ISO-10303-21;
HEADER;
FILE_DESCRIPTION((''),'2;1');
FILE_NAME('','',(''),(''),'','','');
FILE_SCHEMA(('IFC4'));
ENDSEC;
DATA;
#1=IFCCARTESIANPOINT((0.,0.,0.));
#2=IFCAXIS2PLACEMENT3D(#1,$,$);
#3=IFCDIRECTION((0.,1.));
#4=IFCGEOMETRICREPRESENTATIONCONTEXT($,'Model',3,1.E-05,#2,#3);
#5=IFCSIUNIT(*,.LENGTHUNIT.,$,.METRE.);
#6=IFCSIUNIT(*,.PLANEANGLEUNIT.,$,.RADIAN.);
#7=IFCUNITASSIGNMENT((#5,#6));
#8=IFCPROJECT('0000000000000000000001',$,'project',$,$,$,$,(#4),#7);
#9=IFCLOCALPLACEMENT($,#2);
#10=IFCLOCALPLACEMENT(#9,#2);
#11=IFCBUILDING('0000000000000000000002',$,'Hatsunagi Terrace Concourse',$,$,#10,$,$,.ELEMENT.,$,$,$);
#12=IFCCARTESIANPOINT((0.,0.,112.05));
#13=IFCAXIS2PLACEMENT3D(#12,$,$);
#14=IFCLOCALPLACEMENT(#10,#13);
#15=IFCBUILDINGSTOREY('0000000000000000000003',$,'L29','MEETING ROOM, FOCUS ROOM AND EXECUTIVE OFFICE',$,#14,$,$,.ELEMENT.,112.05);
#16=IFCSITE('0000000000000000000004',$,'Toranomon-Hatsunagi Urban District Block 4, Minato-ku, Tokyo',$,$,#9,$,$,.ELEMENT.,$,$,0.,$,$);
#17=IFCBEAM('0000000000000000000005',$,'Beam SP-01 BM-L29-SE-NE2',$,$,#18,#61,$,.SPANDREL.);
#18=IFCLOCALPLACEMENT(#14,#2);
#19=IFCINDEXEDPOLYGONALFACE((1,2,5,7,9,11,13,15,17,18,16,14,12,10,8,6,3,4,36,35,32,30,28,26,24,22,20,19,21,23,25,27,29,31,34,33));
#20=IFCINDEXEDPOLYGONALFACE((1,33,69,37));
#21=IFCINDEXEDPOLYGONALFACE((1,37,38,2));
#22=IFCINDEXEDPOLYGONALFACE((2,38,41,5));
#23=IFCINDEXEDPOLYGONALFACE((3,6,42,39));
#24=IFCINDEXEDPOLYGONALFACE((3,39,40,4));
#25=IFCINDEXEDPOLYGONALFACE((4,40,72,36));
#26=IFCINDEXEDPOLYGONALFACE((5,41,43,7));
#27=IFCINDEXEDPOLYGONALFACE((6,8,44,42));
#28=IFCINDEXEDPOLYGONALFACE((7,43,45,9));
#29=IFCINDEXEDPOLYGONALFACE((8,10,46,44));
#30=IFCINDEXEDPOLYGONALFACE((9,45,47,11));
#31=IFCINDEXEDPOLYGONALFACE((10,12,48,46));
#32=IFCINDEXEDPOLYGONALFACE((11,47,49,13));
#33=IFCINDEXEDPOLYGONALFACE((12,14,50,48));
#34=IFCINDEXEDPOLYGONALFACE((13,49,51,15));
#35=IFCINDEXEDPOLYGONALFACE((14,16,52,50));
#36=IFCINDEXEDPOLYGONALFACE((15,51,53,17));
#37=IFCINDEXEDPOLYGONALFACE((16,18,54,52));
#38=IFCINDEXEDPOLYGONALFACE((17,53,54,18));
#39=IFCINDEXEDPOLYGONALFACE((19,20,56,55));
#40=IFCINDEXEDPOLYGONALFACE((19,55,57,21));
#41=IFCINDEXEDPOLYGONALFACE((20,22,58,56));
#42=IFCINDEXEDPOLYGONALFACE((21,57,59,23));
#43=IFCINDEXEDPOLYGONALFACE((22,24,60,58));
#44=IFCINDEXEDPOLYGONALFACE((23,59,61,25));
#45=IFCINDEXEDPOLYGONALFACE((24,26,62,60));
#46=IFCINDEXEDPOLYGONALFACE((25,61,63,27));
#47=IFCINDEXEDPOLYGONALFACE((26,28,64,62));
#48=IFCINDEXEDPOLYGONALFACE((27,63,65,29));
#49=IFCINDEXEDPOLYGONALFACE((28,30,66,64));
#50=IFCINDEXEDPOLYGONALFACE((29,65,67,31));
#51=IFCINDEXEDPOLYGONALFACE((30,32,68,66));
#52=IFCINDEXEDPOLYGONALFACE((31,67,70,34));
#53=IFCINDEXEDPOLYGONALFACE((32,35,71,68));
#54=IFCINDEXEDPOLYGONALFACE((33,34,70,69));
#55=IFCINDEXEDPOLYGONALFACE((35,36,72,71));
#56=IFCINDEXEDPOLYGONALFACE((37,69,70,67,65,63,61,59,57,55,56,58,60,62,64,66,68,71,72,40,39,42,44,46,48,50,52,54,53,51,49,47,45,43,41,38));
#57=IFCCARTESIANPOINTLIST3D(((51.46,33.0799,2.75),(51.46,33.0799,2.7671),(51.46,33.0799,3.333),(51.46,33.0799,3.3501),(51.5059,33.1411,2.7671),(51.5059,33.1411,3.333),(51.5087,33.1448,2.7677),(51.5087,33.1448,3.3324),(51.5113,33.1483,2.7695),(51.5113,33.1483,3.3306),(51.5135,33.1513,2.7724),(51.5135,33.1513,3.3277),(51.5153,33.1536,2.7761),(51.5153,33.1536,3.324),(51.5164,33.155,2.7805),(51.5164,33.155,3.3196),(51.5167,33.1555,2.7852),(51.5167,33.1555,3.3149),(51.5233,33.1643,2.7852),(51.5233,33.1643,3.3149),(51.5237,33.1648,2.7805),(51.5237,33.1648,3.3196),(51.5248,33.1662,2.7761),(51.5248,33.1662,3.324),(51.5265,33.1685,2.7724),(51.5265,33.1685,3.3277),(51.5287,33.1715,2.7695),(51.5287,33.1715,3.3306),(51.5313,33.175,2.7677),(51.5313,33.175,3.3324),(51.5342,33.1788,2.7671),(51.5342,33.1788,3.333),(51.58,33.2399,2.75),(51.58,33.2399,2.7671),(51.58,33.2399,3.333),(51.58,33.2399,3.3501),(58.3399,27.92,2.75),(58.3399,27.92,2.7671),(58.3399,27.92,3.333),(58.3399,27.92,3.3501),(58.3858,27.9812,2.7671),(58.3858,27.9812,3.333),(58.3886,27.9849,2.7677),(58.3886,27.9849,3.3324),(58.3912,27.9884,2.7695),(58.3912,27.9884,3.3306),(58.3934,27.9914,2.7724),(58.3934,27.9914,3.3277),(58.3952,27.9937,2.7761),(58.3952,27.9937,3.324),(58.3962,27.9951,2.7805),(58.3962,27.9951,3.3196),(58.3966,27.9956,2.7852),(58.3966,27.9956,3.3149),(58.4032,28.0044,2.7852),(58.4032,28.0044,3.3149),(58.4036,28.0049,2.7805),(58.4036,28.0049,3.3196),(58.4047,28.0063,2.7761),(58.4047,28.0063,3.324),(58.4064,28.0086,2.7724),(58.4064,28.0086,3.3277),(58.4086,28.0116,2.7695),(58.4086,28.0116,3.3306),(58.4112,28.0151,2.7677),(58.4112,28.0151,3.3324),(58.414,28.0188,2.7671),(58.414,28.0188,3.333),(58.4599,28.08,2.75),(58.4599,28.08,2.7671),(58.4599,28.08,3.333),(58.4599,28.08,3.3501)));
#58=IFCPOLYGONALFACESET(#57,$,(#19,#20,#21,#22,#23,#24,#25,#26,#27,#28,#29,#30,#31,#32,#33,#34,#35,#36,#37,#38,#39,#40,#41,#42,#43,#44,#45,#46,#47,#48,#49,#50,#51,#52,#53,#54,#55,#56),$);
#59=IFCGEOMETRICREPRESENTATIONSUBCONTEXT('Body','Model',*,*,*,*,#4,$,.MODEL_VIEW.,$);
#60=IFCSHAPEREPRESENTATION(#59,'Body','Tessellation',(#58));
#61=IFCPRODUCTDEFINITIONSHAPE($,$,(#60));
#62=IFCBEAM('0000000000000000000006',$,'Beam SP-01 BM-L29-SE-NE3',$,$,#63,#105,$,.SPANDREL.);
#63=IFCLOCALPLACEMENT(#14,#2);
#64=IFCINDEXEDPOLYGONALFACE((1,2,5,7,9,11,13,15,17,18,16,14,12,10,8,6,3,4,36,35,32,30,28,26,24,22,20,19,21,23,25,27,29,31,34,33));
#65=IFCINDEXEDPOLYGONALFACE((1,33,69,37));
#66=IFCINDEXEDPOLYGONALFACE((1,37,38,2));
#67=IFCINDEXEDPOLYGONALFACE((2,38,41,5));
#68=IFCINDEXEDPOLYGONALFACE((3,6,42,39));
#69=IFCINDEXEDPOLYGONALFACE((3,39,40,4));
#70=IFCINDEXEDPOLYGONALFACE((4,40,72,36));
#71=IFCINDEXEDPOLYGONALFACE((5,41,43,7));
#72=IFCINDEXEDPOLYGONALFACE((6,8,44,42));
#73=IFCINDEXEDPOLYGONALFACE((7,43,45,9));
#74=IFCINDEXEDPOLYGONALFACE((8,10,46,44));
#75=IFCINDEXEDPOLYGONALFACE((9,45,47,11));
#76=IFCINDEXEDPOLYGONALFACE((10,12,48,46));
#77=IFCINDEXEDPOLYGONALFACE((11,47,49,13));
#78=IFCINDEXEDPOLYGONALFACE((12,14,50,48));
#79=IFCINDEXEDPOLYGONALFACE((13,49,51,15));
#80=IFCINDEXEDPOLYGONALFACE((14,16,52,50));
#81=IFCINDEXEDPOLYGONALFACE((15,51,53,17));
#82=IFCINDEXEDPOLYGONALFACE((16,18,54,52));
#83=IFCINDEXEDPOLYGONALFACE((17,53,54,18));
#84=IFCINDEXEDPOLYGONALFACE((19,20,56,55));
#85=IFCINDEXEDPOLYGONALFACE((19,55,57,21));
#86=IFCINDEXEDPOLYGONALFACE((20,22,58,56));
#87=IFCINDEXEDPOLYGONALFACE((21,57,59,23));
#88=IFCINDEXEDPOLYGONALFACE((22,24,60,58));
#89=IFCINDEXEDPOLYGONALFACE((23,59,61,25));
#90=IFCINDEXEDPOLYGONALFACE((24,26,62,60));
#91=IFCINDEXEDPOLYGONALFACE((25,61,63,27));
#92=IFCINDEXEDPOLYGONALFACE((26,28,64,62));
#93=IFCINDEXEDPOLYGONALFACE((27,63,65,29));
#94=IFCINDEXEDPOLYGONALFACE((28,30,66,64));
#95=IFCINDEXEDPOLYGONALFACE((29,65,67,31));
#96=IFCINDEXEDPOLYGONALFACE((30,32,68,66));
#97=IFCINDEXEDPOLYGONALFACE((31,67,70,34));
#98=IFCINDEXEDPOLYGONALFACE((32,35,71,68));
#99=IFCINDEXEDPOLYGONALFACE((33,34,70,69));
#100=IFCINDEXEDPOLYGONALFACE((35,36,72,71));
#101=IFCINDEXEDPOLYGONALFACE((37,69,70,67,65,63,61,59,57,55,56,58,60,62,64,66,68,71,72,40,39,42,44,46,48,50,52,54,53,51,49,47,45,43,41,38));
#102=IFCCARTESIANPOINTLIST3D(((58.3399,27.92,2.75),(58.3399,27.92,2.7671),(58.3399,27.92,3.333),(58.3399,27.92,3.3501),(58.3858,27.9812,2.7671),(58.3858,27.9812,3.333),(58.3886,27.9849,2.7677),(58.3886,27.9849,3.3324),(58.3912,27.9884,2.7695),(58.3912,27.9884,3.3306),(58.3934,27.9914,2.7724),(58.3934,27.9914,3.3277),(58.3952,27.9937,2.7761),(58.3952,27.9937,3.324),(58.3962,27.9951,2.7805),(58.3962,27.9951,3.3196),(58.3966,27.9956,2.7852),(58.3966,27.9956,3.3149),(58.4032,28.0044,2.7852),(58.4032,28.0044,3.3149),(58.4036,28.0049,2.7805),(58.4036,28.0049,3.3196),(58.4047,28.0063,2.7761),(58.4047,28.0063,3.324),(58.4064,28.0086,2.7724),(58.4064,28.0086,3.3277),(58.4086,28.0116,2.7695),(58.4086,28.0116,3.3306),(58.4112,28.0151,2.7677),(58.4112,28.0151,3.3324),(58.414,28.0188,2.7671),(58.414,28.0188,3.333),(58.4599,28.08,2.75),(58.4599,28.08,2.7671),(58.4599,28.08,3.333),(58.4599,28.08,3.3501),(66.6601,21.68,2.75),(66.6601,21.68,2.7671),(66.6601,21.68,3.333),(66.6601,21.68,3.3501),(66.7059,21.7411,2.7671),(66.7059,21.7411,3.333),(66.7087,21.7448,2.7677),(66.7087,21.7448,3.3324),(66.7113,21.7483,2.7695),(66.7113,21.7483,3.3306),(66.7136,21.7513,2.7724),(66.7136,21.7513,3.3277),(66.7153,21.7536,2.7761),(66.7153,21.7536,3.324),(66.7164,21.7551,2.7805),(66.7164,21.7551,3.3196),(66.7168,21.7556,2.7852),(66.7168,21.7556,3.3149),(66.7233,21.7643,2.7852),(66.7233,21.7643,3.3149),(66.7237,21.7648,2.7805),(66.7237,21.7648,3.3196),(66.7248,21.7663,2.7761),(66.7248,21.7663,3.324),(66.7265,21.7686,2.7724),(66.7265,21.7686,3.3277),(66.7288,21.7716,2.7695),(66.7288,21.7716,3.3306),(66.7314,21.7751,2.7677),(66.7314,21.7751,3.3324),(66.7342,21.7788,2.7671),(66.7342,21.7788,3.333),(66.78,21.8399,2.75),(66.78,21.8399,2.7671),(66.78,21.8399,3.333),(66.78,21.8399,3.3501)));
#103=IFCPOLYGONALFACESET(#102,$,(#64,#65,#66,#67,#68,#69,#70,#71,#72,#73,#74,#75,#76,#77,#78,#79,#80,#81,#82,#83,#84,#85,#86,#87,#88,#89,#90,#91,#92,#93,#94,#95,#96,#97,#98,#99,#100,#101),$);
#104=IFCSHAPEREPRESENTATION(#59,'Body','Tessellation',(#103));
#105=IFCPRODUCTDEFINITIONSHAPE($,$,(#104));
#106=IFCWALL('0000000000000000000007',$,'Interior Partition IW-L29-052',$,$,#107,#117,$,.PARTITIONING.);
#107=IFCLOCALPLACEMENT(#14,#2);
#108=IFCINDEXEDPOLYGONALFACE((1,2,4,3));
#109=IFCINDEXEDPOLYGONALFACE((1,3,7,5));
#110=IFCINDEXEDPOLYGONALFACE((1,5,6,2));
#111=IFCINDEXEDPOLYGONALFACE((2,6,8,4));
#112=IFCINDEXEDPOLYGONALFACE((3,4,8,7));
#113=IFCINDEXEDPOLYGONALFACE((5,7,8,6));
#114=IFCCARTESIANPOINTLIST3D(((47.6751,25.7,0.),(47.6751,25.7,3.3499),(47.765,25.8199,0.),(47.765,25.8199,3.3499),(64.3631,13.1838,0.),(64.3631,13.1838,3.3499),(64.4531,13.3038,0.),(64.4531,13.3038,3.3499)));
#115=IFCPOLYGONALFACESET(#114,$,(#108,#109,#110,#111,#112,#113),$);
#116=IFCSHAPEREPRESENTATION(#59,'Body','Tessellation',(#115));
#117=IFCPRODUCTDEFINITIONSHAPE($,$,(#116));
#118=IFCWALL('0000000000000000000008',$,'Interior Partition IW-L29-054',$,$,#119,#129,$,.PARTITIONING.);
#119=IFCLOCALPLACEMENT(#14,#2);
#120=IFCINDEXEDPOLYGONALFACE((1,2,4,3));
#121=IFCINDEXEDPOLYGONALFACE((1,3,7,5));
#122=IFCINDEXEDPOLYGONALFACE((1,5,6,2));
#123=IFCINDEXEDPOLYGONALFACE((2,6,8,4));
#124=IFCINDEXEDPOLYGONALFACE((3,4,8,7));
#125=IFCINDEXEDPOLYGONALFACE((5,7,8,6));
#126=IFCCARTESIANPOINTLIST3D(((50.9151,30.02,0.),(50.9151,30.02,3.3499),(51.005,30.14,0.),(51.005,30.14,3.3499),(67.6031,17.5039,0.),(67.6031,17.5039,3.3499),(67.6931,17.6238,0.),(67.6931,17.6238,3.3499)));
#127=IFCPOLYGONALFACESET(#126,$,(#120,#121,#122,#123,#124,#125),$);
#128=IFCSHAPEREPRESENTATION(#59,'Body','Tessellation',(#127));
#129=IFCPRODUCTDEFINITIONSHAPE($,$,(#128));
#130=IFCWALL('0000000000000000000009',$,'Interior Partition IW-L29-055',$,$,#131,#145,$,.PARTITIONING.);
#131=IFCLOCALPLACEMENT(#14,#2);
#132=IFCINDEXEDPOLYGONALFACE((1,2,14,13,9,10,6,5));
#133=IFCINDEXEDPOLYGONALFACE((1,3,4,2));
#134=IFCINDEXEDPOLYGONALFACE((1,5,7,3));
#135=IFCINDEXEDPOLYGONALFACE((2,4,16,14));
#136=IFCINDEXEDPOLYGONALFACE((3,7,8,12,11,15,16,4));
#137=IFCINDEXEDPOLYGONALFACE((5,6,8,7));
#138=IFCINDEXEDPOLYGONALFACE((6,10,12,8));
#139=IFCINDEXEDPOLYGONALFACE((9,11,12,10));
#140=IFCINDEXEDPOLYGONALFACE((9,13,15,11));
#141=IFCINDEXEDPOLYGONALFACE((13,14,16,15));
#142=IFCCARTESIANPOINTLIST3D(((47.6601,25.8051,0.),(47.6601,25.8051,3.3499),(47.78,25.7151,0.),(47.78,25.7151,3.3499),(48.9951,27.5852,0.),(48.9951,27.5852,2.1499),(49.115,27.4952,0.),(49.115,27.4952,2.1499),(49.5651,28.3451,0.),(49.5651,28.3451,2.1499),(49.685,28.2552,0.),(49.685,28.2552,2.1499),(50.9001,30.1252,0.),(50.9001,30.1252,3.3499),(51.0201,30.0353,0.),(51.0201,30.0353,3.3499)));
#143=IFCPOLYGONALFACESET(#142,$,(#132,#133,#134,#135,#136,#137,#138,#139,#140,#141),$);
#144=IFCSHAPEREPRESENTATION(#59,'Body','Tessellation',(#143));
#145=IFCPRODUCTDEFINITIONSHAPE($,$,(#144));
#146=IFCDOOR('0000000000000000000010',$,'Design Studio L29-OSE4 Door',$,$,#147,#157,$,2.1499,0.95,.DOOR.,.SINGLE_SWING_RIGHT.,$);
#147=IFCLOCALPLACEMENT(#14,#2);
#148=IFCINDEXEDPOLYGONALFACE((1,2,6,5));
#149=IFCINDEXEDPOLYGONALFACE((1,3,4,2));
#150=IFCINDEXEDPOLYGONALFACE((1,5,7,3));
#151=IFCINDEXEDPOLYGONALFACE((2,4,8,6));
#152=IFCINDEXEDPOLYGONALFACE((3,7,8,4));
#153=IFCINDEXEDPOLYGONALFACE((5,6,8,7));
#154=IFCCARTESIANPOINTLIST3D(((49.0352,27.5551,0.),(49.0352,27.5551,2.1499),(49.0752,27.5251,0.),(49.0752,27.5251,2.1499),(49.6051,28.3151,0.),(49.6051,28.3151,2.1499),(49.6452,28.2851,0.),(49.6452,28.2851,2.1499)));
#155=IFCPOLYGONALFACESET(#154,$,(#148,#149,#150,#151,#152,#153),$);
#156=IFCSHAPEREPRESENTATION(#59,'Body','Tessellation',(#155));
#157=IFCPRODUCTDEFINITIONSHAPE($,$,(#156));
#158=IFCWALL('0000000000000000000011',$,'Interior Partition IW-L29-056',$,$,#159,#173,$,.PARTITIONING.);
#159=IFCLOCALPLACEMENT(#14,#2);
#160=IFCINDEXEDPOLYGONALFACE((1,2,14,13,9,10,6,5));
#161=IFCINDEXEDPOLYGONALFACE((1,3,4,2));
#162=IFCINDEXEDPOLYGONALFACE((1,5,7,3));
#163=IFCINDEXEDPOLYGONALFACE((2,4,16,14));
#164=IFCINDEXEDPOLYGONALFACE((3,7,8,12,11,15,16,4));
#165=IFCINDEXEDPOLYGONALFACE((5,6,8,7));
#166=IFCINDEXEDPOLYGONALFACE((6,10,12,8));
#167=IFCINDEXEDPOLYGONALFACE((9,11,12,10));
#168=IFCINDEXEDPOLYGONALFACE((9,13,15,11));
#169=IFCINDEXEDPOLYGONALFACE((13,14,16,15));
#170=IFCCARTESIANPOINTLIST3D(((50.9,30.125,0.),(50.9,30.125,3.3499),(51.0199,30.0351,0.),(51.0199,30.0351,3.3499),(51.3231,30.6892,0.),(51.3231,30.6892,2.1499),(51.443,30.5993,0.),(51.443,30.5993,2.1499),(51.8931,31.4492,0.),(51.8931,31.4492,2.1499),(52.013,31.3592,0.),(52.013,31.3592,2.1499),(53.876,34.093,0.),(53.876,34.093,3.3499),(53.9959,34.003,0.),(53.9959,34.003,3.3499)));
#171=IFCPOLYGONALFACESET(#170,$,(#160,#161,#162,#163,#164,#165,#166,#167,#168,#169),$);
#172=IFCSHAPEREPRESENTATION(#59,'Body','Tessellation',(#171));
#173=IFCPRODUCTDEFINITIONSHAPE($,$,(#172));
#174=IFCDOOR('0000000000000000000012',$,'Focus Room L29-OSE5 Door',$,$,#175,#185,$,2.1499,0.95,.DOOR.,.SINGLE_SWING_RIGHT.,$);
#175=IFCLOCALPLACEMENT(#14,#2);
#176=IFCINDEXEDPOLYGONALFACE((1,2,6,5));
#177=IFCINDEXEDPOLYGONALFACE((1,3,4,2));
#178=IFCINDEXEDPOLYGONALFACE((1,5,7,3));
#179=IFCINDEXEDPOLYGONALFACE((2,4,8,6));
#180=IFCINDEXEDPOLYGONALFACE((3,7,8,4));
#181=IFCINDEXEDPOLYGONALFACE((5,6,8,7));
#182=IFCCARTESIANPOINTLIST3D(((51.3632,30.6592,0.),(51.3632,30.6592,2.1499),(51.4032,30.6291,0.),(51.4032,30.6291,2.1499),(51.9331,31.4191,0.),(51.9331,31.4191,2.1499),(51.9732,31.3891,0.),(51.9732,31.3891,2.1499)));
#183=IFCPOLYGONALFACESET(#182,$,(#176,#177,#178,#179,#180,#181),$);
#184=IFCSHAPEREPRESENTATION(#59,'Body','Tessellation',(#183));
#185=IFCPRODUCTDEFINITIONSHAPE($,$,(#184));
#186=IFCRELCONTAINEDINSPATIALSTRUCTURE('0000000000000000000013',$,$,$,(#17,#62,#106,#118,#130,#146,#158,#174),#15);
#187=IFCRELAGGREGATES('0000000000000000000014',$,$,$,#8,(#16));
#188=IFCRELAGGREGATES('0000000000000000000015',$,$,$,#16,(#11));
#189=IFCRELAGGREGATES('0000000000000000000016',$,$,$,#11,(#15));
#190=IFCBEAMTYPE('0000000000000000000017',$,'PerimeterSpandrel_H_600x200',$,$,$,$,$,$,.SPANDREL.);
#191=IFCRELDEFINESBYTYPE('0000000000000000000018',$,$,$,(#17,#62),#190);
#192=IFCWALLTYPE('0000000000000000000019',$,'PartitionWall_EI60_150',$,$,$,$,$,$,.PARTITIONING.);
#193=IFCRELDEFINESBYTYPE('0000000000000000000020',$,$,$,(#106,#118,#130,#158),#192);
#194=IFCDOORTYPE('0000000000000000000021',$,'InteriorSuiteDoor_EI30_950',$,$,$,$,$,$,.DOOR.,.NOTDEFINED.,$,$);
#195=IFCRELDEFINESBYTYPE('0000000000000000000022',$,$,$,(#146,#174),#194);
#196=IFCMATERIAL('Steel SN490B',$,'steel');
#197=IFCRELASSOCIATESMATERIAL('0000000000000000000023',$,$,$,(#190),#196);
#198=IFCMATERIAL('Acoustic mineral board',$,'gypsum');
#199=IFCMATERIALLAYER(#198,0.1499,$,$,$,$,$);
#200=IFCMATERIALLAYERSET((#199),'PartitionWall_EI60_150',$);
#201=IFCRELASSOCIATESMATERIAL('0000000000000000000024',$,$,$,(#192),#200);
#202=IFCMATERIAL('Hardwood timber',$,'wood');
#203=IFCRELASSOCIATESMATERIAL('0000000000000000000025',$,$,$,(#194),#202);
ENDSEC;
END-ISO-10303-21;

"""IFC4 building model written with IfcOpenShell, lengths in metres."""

from ifc_helpers import new_model, si_unit, direction, frame, frame_2d, origin, origin_2d, place, context, subcontext, project, spatial, rectangle, i_section, extrude, material, layer, layer_set, material_profile, profile_set, type_object, element, fill, save


model = new_model("IFC4")

# Units and contexts
model_context = context("Model", 3, precision=1e-05, world=origin(), true_north=direction((0.0, 1.0)))
body_context = subcontext(model_context, "Body", "Model", "MODEL_VIEW")
ifc_project = project(units=[si_unit("LENGTHUNIT", "METRE"), si_unit("PLANEANGLEUNIT", "RADIAN")], contexts=[model_context])

# Site, building, storey
site_placement = place(None, origin())
site = spatial("IfcSite", under=ifc_project, at=site_placement, Name="Toranomon-Hatsunagi Urban District Block 4, Minato-ku, Tokyo", CompositionType="ELEMENT", RefElevation=0.0)
building_placement = place(site_placement, origin())
building = spatial("IfcBuilding", under=site, at=building_placement, Name="Hatsunagi Terrace Concourse", CompositionType="ELEMENT")
storey_placement = place(building_placement, frame((0.0, 0.0, 112.05)))
storey = spatial("IfcBuildingStorey", under=building, at=storey_placement, Name="L29", Description="MEETING ROOM, FOCUS ROOM AND EXECUTIVE OFFICE", CompositionType="ELEMENT", Elevation=112.05)

# Beams
ifc_material_1 = material(Name="Steel SN490B", Category="steel")
ifc_material_profile_1 = material_profile(ifc_material_1, i_section(OverallWidth=0.2, OverallDepth=0.6001, WebThickness=0.011, FlangeThickness=0.0171, FilletRadius=0.0181, at=origin_2d()), Name="H-600x200x11x17")
ifc_profile_set_1 = profile_set([ifc_material_profile_1], Name="Steel SN490B")
beam_type_1 = type_object("IfcBeamType", Name="PerimeterSpandrel_H_600x200", PredefinedType="SPANDREL", material=ifc_profile_set_1)
beam_1_placement = place(storey_placement, frame((51.52, 33.1599, 3.05), z_axis=(0.8, -0.6, 0.0), x_axis=(0.6, 0.8, 0.0)))
element("IfcBeam", 1, at=beam_1_placement, inside=storey, type_object=beam_type_1, Name="Beam SP-01 BM-L29-SE-NE2", PredefinedType="SPANDREL", context=body_context, shape_type="SweptSolid", body=[
    extrude(i_section(OverallWidth=0.2, OverallDepth=0.6001, WebThickness=0.011, FlangeThickness=0.0171, FilletRadius=0.0181, at=origin_2d()), origin(), (0.0, 0.0, 1.0), 8.5999),
])
beam_2_placement = place(storey_placement, frame((58.3999, 28.0, 3.05), z_axis=(0.800003, -0.599996, 0.0), x_axis=(0.599996, 0.800003, 0.0)))
element("IfcBeam", 2, at=beam_2_placement, inside=storey, type_object=beam_type_1, Name="Beam SP-01 BM-L29-SE-NE3", PredefinedType="SPANDREL", context=body_context, shape_type="SweptSolid", body=[
    extrude(i_section(OverallWidth=0.2, OverallDepth=0.6001, WebThickness=0.011, FlangeThickness=0.0171, FilletRadius=0.0181, at=origin_2d()), origin(), (0.0, 0.0, 1.0), 10.4001),
])

# Walls
ifc_material_2 = material(Name="Acoustic mineral board", Category="gypsum")
ifc_layer_1 = layer(ifc_material_2, 0.1499)
ifc_layer_set_1 = layer_set([ifc_layer_1], Name="PartitionWall_EI60_150")
wall_type_1 = type_object("IfcWallType", Name="PartitionWall_EI60_150", PredefinedType="PARTITIONING", material=ifc_layer_set_1)
for number, where, z_axis, x_axis, name in (
    (3, (47.72, 25.76, 0.0), (0.0, 0.0, 1.0), (0.799997, -0.600004, 0.0), "Interior Partition IW-L29-052"),
    (4, (50.96, 30.0801, 0.0), (0.0, 0.0, 1.0), (0.799997, -0.600004, 0.0), "Interior Partition IW-L29-054"),
):
    element("IfcWall", number, at=place(storey_placement, frame(where, z_axis=z_axis, x_axis=x_axis)), inside=storey, type_object=wall_type_1, Name=name, PredefinedType="PARTITIONING", context=body_context, shape_type="SweptSolid", body=[
        extrude(rectangle(XDim=20.8601, YDim=0.1499, at=frame_2d((10.4302, 0.0))), origin(), (0.0, 0.0, 1.0), 3.3499),
    ])

# Walls, openings, doors
wall_1_placement = place(storey_placement, frame((47.72, 25.76, 0.0), z_axis=(0.0, 0.0, 1.0), x_axis=(0.599993, 0.800005, 0.0)))
wall_1 = element("IfcWall", 5, at=wall_1_placement, inside=storey, type_object=wall_type_1, Name="Interior Partition IW-L29-055", PredefinedType="PARTITIONING", context=body_context, shape_type="SweptSolid", body=[
    extrude(rectangle(XDim=5.4001, YDim=0.1499, at=frame_2d((2.7002, 0.0))), origin(), (0.0, 0.0, 1.0), 3.3499),
])
opening_1_placement = place(wall_1_placement, frame((2.2251, 0.0, 0.0)))
opening_1 = element("IfcOpeningElement", 6, at=opening_1_placement, cuts=wall_1, PredefinedType="OPENING", context=body_context, shape_type="SweptSolid", body=[
    extrude(rectangle(XDim=0.95, YDim=2.1499, at=frame_2d((0.4751, 1.075))), frame((0.0, 0.085, 0.0), z_axis=(0.0, -1.0, 0.0), x_axis=(1.0, 0.0, 0.0)), (0.0, 0.0, 1.0), 0.1699),
])
ifc_material_3 = material(Name="Hardwood timber", Category="wood")
door_type_1 = type_object("IfcDoorType", Name="InteriorSuiteDoor_EI30_950", OperationType="NOTDEFINED", PredefinedType="DOOR", material=ifc_material_3)
door_1_placement = place(opening_1_placement, origin())
door_1 = element("IfcDoor", 7, at=door_1_placement, inside=storey, type_object=door_type_1, Name="Design Studio L29-OSE4 Door", OperationType="SINGLE_SWING_RIGHT", OverallHeight=2.1499, OverallWidth=0.95, PredefinedType="DOOR", context=body_context, shape_type="SweptSolid", body=[
    extrude(rectangle(XDim=0.95, YDim=2.1499, at=frame_2d((0.4751, 1.075))), frame((0.0, 0.0249, 0.0), z_axis=(0.0, -1.0, 0.0), x_axis=(1.0, 0.0, 0.0)), (0.0, 0.0, 1.0), 0.05),
])
fill(opening_1, door_1)
wall_2_placement = place(storey_placement, frame((50.96, 30.0801, 0.0), z_axis=(0.0, 0.0, 1.0), x_axis=(0.600008, 0.799994, 0.0)))
wall_2 = element("IfcWall", 8, at=wall_2_placement, inside=storey, type_object=wall_type_1, Name="Interior Partition IW-L29-056", PredefinedType="PARTITIONING", context=body_context, shape_type="SweptSolid", body=[
    extrude(rectangle(XDim=4.96, YDim=0.1499, at=frame_2d((2.48, 0.0))), origin(), (0.0, 0.0, 1.0), 3.3499),
])
opening_2_placement = place(wall_2_placement, frame((0.7051, 0.0, 0.0)))
opening_2 = element("IfcOpeningElement", 9, at=opening_2_placement, cuts=wall_2, PredefinedType="OPENING", context=body_context, shape_type="SweptSolid", body=[
    extrude(rectangle(XDim=0.95, YDim=2.1499, at=frame_2d((0.4751, 1.075))), frame((0.0, 0.085, 0.0), z_axis=(0.0, -1.0, 0.0), x_axis=(1.0, 0.0, 0.0)), (0.0, 0.0, 1.0), 0.1699),
])
door_2_placement = place(opening_2_placement, origin())
door_2 = element("IfcDoor", 10, at=door_2_placement, inside=storey, type_object=door_type_1, Name="Focus Room L29-OSE5 Door", OperationType="SINGLE_SWING_RIGHT", OverallHeight=2.1499, OverallWidth=0.95, PredefinedType="DOOR", context=body_context, shape_type="SweptSolid", body=[
    extrude(rectangle(XDim=0.95, YDim=2.1499, at=frame_2d((0.4751, 1.075))), frame((0.0, 0.0249, 0.0), z_axis=(0.0, -1.0, 0.0), x_axis=(1.0, 0.0, 0.0)), (0.0, 0.0, 1.0), 0.05),
])
fill(opening_2, door_2)

save(model, "model.ifc")
